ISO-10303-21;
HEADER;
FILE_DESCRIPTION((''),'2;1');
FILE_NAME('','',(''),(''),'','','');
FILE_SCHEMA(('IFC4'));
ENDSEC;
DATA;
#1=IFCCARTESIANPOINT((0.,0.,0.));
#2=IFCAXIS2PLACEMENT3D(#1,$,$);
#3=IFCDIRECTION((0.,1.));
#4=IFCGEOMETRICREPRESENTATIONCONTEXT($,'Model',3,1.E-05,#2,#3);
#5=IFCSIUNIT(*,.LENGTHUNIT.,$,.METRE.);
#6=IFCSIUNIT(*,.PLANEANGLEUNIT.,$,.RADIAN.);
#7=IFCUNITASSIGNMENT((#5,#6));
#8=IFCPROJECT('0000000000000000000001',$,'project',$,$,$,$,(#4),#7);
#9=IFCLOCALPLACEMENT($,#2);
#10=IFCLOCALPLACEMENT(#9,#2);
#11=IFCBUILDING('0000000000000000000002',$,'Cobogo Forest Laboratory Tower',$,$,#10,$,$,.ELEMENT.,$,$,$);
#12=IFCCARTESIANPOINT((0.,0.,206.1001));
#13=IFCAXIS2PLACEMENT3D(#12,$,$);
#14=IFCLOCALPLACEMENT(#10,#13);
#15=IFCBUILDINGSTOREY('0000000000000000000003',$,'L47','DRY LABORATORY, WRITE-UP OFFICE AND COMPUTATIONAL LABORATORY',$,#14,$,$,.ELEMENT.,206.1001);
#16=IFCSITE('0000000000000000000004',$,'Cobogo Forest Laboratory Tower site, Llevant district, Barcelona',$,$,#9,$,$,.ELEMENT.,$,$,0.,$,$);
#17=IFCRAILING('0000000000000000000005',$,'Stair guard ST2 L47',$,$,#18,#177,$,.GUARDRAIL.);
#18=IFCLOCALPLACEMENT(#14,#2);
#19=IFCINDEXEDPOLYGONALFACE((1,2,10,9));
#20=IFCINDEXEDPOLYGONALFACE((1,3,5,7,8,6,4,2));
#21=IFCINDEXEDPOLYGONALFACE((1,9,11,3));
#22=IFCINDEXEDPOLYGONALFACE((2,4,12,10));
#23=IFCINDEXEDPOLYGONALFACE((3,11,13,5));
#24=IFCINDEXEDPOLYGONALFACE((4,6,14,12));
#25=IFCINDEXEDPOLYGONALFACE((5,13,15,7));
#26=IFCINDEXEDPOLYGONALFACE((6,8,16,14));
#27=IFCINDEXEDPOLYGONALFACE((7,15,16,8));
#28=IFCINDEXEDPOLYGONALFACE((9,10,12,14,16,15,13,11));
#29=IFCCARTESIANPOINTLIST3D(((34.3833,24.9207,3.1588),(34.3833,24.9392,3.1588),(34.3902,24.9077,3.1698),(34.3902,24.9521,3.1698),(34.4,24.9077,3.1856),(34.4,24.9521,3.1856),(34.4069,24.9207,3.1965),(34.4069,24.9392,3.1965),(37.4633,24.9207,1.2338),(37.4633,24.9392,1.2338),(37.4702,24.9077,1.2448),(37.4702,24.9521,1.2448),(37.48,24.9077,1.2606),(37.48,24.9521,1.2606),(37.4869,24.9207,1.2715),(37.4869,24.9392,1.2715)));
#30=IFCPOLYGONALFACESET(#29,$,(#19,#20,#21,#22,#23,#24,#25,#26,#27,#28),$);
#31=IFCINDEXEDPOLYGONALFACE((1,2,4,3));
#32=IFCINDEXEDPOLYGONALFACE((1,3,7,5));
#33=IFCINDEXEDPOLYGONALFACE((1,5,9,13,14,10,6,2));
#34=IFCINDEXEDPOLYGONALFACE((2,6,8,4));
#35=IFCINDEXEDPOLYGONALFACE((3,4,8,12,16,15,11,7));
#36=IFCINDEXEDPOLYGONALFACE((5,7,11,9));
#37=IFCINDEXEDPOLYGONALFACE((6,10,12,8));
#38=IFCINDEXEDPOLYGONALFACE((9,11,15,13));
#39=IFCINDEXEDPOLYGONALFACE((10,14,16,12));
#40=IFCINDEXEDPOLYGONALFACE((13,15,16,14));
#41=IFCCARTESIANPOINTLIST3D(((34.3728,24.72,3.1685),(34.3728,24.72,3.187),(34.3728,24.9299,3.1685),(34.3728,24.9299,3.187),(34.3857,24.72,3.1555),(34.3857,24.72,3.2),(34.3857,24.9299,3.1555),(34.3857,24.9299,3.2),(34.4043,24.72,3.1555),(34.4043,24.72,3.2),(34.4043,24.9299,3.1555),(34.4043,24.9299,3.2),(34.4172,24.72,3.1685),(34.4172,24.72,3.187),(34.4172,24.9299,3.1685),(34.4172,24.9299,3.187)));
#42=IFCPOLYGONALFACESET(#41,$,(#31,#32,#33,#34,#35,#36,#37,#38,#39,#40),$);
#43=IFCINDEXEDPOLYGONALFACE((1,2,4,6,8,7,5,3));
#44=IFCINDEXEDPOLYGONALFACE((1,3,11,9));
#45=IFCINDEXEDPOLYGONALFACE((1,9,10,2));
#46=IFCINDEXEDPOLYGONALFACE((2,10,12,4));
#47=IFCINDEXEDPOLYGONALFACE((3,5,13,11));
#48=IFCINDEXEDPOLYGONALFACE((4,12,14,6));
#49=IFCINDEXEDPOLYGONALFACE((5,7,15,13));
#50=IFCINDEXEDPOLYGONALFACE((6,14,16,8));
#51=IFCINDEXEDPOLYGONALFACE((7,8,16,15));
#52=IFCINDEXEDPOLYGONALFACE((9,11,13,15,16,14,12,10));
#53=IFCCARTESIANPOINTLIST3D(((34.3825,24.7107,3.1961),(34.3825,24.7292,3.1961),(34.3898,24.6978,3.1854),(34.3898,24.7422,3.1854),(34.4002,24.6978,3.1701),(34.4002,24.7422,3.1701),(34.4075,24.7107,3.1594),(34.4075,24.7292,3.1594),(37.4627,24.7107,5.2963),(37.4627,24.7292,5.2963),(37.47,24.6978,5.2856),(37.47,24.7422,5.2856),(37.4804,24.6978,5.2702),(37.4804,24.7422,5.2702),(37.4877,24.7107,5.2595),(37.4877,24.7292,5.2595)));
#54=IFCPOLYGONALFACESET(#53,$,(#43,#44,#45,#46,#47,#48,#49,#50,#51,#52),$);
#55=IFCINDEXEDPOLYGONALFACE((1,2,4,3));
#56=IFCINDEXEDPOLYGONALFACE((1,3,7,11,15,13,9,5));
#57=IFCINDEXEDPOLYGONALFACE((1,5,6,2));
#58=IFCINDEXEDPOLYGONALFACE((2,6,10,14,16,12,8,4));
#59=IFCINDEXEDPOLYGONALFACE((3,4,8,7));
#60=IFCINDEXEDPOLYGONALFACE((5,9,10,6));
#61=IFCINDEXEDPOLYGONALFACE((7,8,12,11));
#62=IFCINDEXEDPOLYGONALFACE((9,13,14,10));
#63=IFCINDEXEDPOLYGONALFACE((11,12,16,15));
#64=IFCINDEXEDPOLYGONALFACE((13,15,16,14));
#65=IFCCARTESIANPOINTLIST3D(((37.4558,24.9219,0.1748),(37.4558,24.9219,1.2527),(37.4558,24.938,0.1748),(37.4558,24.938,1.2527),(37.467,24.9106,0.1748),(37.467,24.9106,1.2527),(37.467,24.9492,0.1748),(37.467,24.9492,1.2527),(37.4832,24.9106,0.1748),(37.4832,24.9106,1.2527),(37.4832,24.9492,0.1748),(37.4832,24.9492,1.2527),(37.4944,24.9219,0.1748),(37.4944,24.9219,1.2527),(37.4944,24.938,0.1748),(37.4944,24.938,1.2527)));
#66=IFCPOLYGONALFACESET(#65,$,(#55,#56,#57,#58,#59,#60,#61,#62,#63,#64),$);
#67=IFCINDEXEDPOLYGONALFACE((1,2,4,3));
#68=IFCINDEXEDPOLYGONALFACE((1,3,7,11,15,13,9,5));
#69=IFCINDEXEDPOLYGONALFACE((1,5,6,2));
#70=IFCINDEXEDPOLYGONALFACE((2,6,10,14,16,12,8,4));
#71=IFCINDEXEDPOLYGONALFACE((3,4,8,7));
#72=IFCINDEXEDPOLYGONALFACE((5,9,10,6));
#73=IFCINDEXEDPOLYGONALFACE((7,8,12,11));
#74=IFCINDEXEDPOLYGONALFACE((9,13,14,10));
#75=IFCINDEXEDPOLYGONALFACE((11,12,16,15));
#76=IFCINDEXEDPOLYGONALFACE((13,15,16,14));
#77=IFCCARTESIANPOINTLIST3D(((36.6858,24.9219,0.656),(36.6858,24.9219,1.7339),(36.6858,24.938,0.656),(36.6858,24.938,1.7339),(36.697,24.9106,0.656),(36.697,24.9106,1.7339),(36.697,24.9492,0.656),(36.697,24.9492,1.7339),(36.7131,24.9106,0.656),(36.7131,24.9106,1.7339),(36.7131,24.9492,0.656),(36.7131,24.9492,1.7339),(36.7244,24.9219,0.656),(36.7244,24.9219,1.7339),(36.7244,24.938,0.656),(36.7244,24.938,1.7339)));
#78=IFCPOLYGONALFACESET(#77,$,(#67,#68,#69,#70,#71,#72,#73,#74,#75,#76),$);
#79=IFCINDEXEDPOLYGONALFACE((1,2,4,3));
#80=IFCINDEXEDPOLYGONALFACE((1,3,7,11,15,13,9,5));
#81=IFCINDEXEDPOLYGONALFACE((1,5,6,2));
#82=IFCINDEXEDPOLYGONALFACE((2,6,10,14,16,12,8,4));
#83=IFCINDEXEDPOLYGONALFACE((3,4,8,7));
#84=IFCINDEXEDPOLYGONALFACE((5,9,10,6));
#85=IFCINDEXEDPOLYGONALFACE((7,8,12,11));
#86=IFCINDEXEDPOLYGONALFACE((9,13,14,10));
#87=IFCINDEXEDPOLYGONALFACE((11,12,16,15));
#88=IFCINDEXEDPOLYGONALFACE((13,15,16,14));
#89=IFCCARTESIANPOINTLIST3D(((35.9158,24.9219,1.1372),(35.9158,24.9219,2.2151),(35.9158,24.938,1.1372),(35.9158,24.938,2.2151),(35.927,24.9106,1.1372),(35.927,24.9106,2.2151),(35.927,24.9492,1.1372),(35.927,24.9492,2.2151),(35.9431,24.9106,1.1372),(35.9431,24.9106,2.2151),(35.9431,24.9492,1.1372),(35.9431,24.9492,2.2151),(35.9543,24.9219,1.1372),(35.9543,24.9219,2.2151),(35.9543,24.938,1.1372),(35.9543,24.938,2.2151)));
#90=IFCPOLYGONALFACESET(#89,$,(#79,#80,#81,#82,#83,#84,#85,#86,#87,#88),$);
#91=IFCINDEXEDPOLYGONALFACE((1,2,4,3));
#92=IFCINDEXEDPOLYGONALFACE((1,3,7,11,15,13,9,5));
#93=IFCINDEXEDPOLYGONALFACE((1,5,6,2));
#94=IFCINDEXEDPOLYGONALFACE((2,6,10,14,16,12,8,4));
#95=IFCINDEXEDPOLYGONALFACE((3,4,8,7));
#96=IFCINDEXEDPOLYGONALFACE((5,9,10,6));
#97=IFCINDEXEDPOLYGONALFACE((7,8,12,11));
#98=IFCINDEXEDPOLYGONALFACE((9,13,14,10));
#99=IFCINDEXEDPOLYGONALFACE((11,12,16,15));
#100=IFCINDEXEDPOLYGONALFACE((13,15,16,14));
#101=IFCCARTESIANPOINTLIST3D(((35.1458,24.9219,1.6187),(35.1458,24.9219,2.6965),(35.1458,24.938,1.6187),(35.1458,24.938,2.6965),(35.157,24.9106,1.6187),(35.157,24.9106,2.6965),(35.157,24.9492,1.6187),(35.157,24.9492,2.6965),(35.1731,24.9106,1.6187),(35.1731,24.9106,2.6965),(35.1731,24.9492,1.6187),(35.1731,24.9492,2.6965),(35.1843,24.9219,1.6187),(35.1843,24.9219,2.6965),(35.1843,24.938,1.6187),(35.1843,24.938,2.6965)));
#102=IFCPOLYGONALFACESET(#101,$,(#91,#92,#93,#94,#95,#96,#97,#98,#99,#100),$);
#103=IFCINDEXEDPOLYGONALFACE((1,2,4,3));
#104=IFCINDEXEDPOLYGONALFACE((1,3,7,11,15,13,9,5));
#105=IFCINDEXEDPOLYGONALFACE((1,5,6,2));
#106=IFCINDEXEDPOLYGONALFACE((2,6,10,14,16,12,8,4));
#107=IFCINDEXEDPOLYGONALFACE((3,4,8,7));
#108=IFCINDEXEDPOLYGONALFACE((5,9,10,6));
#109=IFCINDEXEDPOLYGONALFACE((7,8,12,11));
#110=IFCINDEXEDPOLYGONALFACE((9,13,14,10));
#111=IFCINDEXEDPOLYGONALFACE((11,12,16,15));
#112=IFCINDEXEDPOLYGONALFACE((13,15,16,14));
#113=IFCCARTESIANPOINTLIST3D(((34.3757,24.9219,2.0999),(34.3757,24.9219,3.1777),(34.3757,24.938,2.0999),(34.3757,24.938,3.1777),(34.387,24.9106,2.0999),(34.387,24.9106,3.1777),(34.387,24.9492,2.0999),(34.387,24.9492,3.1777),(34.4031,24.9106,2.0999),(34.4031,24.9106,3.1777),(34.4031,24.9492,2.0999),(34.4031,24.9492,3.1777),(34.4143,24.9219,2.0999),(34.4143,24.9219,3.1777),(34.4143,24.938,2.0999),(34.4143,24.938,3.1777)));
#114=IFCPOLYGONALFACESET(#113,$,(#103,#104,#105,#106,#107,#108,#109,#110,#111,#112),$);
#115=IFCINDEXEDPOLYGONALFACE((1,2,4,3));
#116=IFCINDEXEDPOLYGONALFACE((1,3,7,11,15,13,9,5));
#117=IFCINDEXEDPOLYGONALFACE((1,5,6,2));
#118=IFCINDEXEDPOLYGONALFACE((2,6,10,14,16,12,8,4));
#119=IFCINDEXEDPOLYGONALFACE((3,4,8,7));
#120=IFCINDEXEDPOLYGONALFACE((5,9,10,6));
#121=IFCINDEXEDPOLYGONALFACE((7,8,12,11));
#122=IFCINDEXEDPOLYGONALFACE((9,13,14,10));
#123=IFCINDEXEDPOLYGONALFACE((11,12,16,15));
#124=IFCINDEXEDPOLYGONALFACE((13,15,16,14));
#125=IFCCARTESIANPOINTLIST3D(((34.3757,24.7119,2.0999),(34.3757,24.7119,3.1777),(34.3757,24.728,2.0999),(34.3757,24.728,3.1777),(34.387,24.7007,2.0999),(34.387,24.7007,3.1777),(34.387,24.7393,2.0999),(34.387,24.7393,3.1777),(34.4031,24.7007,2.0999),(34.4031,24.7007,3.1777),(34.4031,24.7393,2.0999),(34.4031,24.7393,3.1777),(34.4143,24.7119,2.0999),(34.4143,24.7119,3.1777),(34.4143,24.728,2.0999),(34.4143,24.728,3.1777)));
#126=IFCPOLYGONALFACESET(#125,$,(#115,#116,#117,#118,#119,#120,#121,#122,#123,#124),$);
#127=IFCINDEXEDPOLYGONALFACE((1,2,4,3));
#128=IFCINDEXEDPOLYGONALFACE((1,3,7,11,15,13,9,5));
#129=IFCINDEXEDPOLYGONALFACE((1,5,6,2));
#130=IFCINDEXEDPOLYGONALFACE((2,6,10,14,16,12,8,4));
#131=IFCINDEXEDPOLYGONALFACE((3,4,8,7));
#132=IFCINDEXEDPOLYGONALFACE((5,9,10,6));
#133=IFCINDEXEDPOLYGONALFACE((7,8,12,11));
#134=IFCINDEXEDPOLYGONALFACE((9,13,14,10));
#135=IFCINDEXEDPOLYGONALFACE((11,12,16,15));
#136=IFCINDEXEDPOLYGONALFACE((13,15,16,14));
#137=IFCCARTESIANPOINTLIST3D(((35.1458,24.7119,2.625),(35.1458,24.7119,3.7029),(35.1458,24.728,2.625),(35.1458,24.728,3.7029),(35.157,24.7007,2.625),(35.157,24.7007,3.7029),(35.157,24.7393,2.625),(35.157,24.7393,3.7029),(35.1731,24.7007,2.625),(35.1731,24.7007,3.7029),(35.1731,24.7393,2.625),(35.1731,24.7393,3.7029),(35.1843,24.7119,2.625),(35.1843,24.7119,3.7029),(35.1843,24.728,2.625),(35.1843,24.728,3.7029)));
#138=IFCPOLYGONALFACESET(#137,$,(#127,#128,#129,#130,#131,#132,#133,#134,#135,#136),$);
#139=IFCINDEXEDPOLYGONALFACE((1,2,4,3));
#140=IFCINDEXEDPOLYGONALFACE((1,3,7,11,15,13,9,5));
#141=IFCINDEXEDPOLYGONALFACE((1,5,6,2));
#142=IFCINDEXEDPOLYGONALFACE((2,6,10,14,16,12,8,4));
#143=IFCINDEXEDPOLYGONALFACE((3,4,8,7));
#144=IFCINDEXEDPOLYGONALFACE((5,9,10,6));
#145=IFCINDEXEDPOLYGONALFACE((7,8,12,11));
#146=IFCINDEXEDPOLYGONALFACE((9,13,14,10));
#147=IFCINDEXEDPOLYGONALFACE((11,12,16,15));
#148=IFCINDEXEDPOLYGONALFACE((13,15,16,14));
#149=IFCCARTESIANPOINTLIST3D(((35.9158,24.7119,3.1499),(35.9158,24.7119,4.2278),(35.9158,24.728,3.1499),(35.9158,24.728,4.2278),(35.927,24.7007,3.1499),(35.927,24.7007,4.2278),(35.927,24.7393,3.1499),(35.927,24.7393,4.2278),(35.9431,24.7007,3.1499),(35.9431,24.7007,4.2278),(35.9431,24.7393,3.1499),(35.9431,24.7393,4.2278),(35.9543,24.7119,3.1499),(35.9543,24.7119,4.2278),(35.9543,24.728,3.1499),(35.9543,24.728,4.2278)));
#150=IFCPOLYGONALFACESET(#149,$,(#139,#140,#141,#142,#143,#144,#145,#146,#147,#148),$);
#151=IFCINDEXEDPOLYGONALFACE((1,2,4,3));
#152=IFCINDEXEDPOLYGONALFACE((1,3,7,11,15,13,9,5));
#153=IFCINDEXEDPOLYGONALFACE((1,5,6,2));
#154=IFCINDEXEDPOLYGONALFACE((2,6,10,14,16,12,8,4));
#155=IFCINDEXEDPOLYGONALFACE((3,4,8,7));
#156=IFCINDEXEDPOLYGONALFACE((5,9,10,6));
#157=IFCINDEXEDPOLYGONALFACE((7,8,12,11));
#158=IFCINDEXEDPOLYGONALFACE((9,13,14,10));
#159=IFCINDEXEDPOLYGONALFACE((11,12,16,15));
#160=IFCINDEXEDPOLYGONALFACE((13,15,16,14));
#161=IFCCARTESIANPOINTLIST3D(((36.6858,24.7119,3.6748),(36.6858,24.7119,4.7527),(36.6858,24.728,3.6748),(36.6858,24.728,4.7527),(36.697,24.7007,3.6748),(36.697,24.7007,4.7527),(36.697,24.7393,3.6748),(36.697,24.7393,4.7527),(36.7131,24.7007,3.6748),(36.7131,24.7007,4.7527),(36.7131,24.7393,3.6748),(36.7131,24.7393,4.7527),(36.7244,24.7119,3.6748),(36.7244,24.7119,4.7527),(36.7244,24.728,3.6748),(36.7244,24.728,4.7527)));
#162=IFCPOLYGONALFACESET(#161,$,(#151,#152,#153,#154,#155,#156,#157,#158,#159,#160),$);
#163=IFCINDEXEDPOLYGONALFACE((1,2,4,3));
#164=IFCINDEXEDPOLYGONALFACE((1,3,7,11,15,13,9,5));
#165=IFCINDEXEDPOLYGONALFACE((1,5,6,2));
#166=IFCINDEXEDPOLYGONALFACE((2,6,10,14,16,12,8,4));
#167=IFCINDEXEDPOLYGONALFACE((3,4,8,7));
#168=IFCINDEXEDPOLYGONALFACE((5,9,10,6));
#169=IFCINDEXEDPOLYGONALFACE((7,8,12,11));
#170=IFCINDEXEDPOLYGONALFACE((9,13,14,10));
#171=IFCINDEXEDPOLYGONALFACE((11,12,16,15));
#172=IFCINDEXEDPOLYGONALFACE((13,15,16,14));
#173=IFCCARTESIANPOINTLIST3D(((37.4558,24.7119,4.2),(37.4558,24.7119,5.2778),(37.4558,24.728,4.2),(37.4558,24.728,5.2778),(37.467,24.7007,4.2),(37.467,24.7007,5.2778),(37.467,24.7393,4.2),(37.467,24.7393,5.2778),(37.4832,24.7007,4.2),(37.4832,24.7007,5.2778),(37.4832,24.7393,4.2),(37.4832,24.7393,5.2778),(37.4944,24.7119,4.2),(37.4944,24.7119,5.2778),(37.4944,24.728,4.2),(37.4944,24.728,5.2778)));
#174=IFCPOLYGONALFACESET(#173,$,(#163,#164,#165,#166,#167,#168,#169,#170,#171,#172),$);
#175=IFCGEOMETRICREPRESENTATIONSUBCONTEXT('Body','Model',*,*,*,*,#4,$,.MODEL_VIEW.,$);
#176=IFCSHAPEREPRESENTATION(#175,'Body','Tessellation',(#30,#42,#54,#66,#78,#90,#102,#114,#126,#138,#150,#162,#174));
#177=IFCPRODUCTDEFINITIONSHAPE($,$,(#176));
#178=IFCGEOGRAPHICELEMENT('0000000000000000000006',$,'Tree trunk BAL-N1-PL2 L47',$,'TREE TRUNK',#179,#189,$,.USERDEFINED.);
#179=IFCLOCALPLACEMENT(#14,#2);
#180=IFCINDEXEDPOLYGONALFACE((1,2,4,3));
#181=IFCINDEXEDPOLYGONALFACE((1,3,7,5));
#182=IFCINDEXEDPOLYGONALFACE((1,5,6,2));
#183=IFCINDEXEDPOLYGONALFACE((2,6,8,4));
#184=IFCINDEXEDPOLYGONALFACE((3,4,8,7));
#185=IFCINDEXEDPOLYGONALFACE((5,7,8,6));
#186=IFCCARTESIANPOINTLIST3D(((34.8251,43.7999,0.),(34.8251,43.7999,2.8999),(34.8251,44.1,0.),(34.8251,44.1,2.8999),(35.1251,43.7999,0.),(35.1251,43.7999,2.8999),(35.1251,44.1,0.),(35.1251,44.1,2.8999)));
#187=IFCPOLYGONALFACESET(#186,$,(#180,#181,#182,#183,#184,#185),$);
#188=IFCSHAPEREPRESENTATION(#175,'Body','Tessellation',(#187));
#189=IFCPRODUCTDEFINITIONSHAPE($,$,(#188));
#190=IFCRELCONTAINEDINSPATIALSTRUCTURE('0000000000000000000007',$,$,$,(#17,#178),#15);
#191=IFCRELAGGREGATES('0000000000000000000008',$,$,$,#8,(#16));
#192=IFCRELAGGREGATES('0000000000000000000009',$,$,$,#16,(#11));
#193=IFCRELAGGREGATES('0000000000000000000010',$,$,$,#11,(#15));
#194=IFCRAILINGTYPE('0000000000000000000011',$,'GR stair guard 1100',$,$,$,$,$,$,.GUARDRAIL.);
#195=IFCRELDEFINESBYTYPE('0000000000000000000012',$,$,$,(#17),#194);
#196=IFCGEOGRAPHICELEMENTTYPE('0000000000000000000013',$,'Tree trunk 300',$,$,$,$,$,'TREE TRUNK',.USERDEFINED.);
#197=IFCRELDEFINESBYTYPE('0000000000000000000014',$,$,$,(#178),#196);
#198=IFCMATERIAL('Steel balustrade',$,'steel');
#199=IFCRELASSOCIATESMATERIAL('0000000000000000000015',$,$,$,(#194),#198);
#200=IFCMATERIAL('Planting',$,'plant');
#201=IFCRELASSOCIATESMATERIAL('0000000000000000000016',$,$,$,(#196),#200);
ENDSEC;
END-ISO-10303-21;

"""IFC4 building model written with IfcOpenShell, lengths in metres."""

from ifc_helpers import new_model, si_unit, direction, frame, origin, origin_2d, place, context, subcontext, project, spatial, polyline, rectangle, outline, extrude, material, type_object, element, save


model = new_model("IFC4")

# Units and contexts
model_context = context("Model", 3, precision=1e-05, world=origin(), true_north=direction((0.0, 1.0)))
body_context = subcontext(model_context, "Body", "Model", "MODEL_VIEW")
ifc_project = project(units=[si_unit("LENGTHUNIT", "METRE"), si_unit("PLANEANGLEUNIT", "RADIAN")], contexts=[model_context])

# Site, building, storey
site_placement = place(None, origin())
site = spatial("IfcSite", under=ifc_project, at=site_placement, Name="Cobogo Forest Laboratory Tower site, Llevant district, Barcelona", CompositionType="ELEMENT", RefElevation=0.0)
building_placement = place(site_placement, origin())
building = spatial("IfcBuilding", under=site, at=building_placement, Name="Cobogo Forest Laboratory Tower", CompositionType="ELEMENT")
storey_placement = place(building_placement, frame((0.0, 0.0, 206.1001)))
storey = spatial("IfcBuildingStorey", under=building, at=storey_placement, Name="L47", Description="DRY LABORATORY, WRITE-UP OFFICE AND COMPUTATIONAL LABORATORY", CompositionType="ELEMENT", Elevation=206.1001)

# Railing
ifc_material_1 = material(Name="Steel balustrade", Category="steel")
railing_type_1 = type_object("IfcRailingType", Name="GR stair guard 1100", PredefinedType="GUARDRAIL", material=ifc_material_1)
railing_1_placement = place(storey_placement, frame((37.4751, 24.9299, 0.1748)))
element("IfcRailing", 1, at=railing_1_placement, inside=storey, type_object=railing_type_1, Name="Stair guard ST2 L47", PredefinedType="GUARDRAIL", context=body_context, shape_type="SweptSolid", body=[
    extrude(outline(polyline([(0.0222, 0.0093), (0.0093, 0.0222), (-0.0093, 0.0222), (-0.0222, 0.0093), (-0.0222, -0.0093), (-0.0093, -0.0222), (0.0093, -0.0222), (0.0222, -0.0093), (0.0222, 0.0093)])), frame((0.0, 0.0, 1.0779), z_axis=(-0.847998, 0.0, 0.529999), x_axis=(0.0, -1.0, 0.0)), (0.0, 0.0, 1.0), 3.6321),
    extrude(outline(polyline([(0.0222, 0.0093), (0.0093, 0.0222), (-0.0093, 0.0222), (-0.0222, 0.0093), (-0.0222, -0.0093), (-0.0093, -0.0222), (0.0093, -0.0222), (0.0222, -0.0093), (0.0222, 0.0093)])), frame((-3.0801, 0.0, 3.0029), z_axis=(0.0, -1.0, 0.0), x_axis=(1.0, 0.0, 0.0)), (0.0, 0.0, 1.0), 0.21),
    extrude(outline(polyline([(0.0222, 0.0093), (0.0093, 0.0222), (-0.0093, 0.0222), (-0.0222, 0.0093), (-0.0222, -0.0093), (-0.0093, -0.0222), (0.0093, -0.0222), (0.0222, -0.0093), (0.0222, 0.0093)])), frame((-3.0801, -0.21, 3.0029), z_axis=(0.826222, 0.0, 0.563345), x_axis=(0.0, 1.0, 0.0)), (0.0, 0.0, 1.0), 3.728),
    extrude(outline(polyline([(0.0193, 0.0081), (0.0081, 0.0193), (-0.0081, 0.0193), (-0.0193, 0.0081), (-0.0193, -0.0081), (-0.0081, -0.0193), (0.0081, -0.0193), (0.0193, -0.0081), (0.0193, 0.0081)])), origin(), (0.0, 0.0, 1.0), 1.0779),
    extrude(outline(polyline([(0.0193, 0.0081), (0.0081, 0.0193), (-0.0081, 0.0193), (-0.0193, 0.0081), (-0.0193, -0.0081), (-0.0081, -0.0193), (0.0081, -0.0193), (0.0193, -0.0081), (0.0193, 0.0081)])), frame((-0.77, 0.0, 0.4812)), (0.0, 0.0, 1.0), 1.0779),
    extrude(outline(polyline([(0.0193, 0.0081), (0.0081, 0.0193), (-0.0081, 0.0193), (-0.0193, 0.0081), (-0.0193, -0.0081), (-0.0081, -0.0193), (0.0081, -0.0193), (0.0193, -0.0081), (0.0193, 0.0081)])), frame((-1.54, 0.0, 0.9624)), (0.0, 0.0, 1.0), 1.0779),
    extrude(outline(polyline([(0.0193, 0.0081), (0.0081, 0.0193), (-0.0081, 0.0193), (-0.0193, 0.0081), (-0.0193, -0.0081), (-0.0081, -0.0193), (0.0081, -0.0193), (0.0193, -0.0081), (0.0193, 0.0081)])), frame((-2.3101, 0.0, 1.4438)), (0.0, 0.0, 1.0), 1.0779),
    extrude(outline(polyline([(0.0193, 0.0081), (0.0081, 0.0193), (-0.0081, 0.0193), (-0.0193, 0.0081), (-0.0193, -0.0081), (-0.0081, -0.0193), (0.0081, -0.0193), (0.0193, -0.0081), (0.0193, 0.0081)])), frame((-3.0801, 0.0, 1.925)), (0.0, 0.0, 1.0), 1.0779),
    extrude(outline(polyline([(0.0193, 0.0081), (0.0081, 0.0193), (-0.0081, 0.0193), (-0.0193, 0.0081), (-0.0193, -0.0081), (-0.0081, -0.0193), (0.0081, -0.0193), (0.0193, -0.0081), (0.0193, 0.0081)])), frame((-3.0801, -0.21, 1.925)), (0.0, 0.0, 1.0), 1.0779),
    extrude(outline(polyline([(0.0193, 0.0081), (0.0081, 0.0193), (-0.0081, 0.0193), (-0.0193, 0.0081), (-0.0193, -0.0081), (-0.0081, -0.0193), (0.0081, -0.0193), (0.0193, -0.0081), (0.0193, 0.0081)])), frame((-2.3101, -0.21, 2.4502)), (0.0, 0.0, 1.0), 1.0779),
    extrude(outline(polyline([(0.0193, 0.0081), (0.0081, 0.0193), (-0.0081, 0.0193), (-0.0193, 0.0081), (-0.0193, -0.0081), (-0.0081, -0.0193), (0.0081, -0.0193), (0.0193, -0.0081), (0.0193, 0.0081)])), frame((-1.54, -0.21, 2.9751)), (0.0, 0.0, 1.0), 1.0779),
    extrude(outline(polyline([(0.0193, 0.0081), (0.0081, 0.0193), (-0.0081, 0.0193), (-0.0193, 0.0081), (-0.0193, -0.0081), (-0.0081, -0.0193), (0.0081, -0.0193), (0.0193, -0.0081), (0.0193, 0.0081)])), frame((-0.77, -0.21, 3.5)), (0.0, 0.0, 1.0), 1.0779),
    extrude(outline(polyline([(0.0193, 0.0081), (0.0081, 0.0193), (-0.0081, 0.0193), (-0.0193, 0.0081), (-0.0193, -0.0081), (-0.0081, -0.0193), (0.0081, -0.0193), (0.0193, -0.0081), (0.0193, 0.0081)])), frame((0.0, -0.21, 4.0251)), (0.0, 0.0, 1.0), 1.0779),
])

# Geographic element
ifc_material_2 = material(Name="Planting", Category="plant")
geographic_element_type = type_object("IfcGeographicElementType", Name="Tree trunk 300", ElementType="TREE TRUNK", PredefinedType="USERDEFINED", material=ifc_material_2)
geographic_element_placement = place(storey_placement, frame((34.9751, 43.95, 0.0), z_axis=(0.0, 0.0, 1.0), x_axis=(1.0, 0.0, 0.0)))
element("IfcGeographicElement", 2, at=geographic_element_placement, inside=storey, type_object=geographic_element_type, Name="Tree trunk BAL-N1-PL2 L47", ObjectType="TREE TRUNK", PredefinedType="USERDEFINED", context=body_context, shape_type="SweptSolid", body=[
    extrude(rectangle(XDim=0.3, YDim=0.3, at=origin_2d()), origin(), (0.0, 0.0, 1.0), 2.8999),
])

save(model, "model.ifc")
